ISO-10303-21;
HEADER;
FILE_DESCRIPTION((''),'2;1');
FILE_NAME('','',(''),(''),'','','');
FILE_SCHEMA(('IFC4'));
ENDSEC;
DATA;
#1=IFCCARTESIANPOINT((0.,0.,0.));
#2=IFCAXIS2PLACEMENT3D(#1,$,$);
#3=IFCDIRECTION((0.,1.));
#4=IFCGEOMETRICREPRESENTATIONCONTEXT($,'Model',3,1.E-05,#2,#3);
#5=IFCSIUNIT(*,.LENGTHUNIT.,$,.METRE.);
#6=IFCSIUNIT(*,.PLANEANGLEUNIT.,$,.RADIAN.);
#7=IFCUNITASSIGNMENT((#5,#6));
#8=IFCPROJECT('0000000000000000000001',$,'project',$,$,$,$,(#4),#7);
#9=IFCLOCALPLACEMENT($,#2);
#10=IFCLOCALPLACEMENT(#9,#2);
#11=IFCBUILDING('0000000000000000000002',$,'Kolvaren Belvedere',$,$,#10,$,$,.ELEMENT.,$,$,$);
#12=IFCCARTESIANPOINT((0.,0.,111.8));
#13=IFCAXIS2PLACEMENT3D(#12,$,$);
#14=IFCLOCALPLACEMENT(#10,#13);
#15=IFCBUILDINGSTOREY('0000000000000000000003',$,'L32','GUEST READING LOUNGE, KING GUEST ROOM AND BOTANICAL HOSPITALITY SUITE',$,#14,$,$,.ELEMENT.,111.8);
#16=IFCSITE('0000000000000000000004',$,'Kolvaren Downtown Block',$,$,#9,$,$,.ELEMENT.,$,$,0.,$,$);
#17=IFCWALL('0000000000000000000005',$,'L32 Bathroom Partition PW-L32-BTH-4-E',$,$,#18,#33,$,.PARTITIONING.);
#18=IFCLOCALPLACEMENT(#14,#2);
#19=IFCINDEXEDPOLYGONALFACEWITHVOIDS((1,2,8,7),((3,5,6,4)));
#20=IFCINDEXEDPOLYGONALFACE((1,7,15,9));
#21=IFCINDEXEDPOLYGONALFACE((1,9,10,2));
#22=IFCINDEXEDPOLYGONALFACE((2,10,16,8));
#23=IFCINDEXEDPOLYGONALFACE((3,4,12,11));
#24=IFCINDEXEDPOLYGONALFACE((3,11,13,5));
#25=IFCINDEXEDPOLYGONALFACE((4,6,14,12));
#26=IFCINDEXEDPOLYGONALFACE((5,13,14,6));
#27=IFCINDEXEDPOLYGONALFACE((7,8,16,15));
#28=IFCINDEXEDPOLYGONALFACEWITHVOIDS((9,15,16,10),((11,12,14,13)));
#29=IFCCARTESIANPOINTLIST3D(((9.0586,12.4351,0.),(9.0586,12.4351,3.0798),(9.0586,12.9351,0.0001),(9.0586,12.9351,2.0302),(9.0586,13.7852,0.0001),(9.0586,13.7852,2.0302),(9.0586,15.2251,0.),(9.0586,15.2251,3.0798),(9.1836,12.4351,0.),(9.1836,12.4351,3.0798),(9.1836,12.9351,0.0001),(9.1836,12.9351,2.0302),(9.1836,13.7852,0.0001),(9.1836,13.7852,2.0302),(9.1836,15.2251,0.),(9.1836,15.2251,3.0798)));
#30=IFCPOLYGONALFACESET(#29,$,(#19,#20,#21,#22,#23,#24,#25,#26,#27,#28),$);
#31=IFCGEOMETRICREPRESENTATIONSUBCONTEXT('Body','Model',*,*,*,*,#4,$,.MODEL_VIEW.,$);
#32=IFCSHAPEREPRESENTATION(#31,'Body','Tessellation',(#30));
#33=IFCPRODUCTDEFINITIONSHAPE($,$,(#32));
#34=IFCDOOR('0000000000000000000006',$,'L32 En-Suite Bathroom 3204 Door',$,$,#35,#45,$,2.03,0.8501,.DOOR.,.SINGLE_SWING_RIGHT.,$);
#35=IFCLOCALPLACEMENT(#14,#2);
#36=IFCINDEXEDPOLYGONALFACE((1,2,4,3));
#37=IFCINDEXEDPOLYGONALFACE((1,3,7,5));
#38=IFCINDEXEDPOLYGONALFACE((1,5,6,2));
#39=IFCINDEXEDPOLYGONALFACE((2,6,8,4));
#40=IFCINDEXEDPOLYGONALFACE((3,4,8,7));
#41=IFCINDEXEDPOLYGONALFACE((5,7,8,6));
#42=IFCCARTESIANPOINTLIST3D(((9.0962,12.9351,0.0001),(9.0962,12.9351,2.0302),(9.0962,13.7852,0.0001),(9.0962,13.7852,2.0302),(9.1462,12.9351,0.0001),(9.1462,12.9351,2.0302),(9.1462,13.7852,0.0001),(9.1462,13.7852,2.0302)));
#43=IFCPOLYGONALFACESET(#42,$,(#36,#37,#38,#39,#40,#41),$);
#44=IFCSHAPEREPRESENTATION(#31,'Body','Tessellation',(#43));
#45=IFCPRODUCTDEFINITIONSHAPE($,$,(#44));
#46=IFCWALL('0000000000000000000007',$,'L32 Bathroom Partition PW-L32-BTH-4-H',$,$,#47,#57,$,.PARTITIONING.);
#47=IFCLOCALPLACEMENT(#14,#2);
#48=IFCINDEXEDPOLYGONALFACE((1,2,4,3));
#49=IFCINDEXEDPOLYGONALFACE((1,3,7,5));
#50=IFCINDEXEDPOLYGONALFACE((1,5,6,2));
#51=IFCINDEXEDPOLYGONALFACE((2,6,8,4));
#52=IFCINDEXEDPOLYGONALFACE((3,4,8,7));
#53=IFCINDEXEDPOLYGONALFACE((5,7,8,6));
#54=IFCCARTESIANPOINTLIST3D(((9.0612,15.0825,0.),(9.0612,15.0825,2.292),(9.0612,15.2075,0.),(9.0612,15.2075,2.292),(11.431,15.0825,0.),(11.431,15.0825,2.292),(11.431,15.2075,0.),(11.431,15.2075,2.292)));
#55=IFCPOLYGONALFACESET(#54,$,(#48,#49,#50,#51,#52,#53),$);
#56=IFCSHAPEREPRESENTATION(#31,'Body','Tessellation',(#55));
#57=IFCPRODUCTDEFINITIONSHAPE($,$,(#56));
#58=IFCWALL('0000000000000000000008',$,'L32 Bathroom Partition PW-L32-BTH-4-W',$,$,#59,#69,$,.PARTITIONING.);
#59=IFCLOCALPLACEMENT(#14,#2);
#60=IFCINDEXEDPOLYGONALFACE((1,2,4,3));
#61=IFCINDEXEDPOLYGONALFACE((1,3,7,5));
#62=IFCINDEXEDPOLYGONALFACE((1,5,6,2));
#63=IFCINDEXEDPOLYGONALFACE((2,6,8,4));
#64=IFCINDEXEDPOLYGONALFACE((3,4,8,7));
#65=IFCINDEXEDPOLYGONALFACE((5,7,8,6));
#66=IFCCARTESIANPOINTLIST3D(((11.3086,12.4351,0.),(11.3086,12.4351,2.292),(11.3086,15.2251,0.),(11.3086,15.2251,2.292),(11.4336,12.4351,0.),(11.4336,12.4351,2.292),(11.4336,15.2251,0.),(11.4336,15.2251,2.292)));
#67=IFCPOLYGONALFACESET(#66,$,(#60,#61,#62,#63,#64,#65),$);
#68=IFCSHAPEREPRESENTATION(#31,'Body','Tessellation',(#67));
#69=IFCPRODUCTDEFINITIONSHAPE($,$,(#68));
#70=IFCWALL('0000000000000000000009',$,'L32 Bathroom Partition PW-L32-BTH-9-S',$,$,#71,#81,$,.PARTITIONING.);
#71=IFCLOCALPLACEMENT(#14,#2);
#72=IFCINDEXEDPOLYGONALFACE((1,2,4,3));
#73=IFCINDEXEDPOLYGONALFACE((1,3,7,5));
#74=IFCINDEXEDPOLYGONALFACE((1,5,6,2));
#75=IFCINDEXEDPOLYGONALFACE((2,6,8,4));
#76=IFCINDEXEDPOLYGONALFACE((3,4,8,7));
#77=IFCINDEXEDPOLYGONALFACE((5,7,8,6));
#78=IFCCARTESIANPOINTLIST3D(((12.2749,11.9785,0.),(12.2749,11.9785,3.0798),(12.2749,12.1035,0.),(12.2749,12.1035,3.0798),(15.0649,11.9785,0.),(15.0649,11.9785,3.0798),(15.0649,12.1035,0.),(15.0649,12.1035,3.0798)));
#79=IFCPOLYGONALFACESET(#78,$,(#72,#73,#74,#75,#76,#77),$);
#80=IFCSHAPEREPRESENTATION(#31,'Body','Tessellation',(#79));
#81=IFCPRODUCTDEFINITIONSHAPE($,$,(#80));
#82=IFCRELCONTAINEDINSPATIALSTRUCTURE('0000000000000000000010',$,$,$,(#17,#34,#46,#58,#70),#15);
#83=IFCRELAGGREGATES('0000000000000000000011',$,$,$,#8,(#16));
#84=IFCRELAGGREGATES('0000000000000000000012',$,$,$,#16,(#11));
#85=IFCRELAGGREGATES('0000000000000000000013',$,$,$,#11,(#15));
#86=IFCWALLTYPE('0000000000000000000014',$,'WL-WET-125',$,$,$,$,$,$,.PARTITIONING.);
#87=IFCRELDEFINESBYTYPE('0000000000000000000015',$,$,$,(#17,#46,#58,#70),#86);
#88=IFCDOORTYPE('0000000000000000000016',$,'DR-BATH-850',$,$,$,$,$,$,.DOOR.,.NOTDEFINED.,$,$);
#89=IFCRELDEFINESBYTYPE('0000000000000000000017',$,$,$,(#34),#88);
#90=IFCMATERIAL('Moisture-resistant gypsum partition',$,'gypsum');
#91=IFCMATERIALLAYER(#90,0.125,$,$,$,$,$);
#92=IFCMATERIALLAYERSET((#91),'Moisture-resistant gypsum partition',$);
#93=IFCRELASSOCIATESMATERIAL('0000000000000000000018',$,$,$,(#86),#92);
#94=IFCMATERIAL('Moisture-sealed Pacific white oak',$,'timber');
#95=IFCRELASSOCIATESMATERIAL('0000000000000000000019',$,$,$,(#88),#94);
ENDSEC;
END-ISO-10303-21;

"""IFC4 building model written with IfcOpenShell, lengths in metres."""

from ifc_helpers import new_model, si_unit, direction, frame, frame_2d, origin, place, context, subcontext, project, spatial, rectangle, extrude, material, layer, layer_set, type_object, element, fill, save


model = new_model("IFC4")

# Units and contexts
model_context = context("Model", 3, precision=1e-05, world=origin(), true_north=direction((0.0, 1.0)))
body_context = subcontext(model_context, "Body", "Model", "MODEL_VIEW")
ifc_project = project(units=[si_unit("LENGTHUNIT", "METRE"), si_unit("PLANEANGLEUNIT", "RADIAN")], contexts=[model_context])

# Site, building, storey
site_placement = place(None, origin())
site = spatial("IfcSite", under=ifc_project, at=site_placement, Name="Kolvaren Downtown Block", CompositionType="ELEMENT", RefElevation=0.0)
building_placement = place(site_placement, origin())
building = spatial("IfcBuilding", under=site, at=building_placement, Name="Kolvaren Belvedere", CompositionType="ELEMENT")
storey_placement = place(building_placement, frame((0.0, 0.0, 111.8)))
storey = spatial("IfcBuildingStorey", under=building, at=storey_placement, Name="L32", Description="GUEST READING LOUNGE, KING GUEST ROOM AND BOTANICAL HOSPITALITY SUITE", CompositionType="ELEMENT", Elevation=111.8)

# Wall, opening, door
ifc_material_1 = material(Name="Moisture-resistant gypsum partition", Category="gypsum")
ifc_layer_1 = layer(ifc_material_1, 0.125)
ifc_layer_set_1 = layer_set([ifc_layer_1], Name="Moisture-resistant gypsum partition")
wall_type_1 = type_object("IfcWallType", Name="WL-WET-125", PredefinedType="PARTITIONING", material=ifc_layer_set_1)
wall_1_placement = place(storey_placement, frame((9.1211, 12.4351, 0.0), z_axis=(0.0, 0.0, 1.0), x_axis=(0.0, 1.0, 0.0)))
wall_1 = element("IfcWall", 1, at=wall_1_placement, inside=storey, type_object=wall_type_1, Name="L32 Bathroom Partition PW-L32-BTH-4-E", PredefinedType="PARTITIONING", context=body_context, shape_type="SweptSolid", body=[
    extrude(rectangle(XDim=2.79, YDim=0.125, at=frame_2d((1.395, 0.0))), origin(), (0.0, 0.0, 1.0), 3.0798),
])
opening_1_placement = place(wall_1_placement, frame((0.5, 0.0, 0.0)))
opening_1 = element("IfcOpeningElement", 2, at=opening_1_placement, cuts=wall_1, PredefinedType="OPENING", context=body_context, shape_type="SweptSolid", body=[
    extrude(rectangle(XDim=0.8501, YDim=2.03, at=frame_2d((0.425, 1.0151))), frame((0.0, 0.0725, 0.0), z_axis=(0.0, -1.0, 0.0), x_axis=(1.0, 0.0, 0.0)), (0.0, 0.0, 1.0), 0.145),
])
ifc_material_2 = material(Name="Moisture-sealed Pacific white oak", Category="timber")
door_type = type_object("IfcDoorType", Name="DR-BATH-850", OperationType="NOTDEFINED", PredefinedType="DOOR", material=ifc_material_2)
door_placement = place(opening_1_placement, origin())
door = element("IfcDoor", 3, at=door_placement, inside=storey, type_object=door_type, Name="L32 En-Suite Bathroom 3204 Door", OperationType="SINGLE_SWING_RIGHT", OverallHeight=2.03, OverallWidth=0.8501, PredefinedType="DOOR", context=body_context, shape_type="SweptSolid", body=[
    extrude(rectangle(XDim=0.8501, YDim=2.03, at=frame_2d((0.425, 1.0151))), frame((0.0, 0.0249, 0.0), z_axis=(0.0, -1.0, 0.0), x_axis=(1.0, 0.0, 0.0)), (0.0, 0.0, 1.0), 0.05),
])
fill(opening_1, door)

# Walls
wall_2_placement = place(storey_placement, frame((9.061, 15.145, 0.0), z_axis=(0.0, 0.0, 1.0), x_axis=(1.0, 0.0, 0.0)))
element("IfcWall", 4, at=wall_2_placement, inside=storey, type_object=wall_type_1, Name="L32 Bathroom Partition PW-L32-BTH-4-H", PredefinedType="PARTITIONING", context=body_context, shape_type="SweptSolid", body=[
    extrude(rectangle(XDim=2.3699, YDim=0.125, at=frame_2d((1.1851, 0.0))), origin(), (0.0, 0.0, 1.0), 2.292),
])
wall_3_placement = place(storey_placement, frame((11.3711, 12.4351, 0.0), z_axis=(0.0, 0.0, 1.0), x_axis=(0.0, 1.0, 0.0)))
element("IfcWall", 5, at=wall_3_placement, inside=storey, type_object=wall_type_1, Name="L32 Bathroom Partition PW-L32-BTH-4-W", PredefinedType="PARTITIONING", context=body_context, shape_type="SweptSolid", body=[
    extrude(rectangle(XDim=2.79, YDim=0.125, at=frame_2d((1.395, 0.0))), origin(), (0.0, 0.0, 1.0), 2.292),
])
wall_4_placement = place(storey_placement, frame((12.2749, 12.041, 0.0), z_axis=(0.0, 0.0, 1.0), x_axis=(1.0, 0.0, 0.0)))
element("IfcWall", 6, at=wall_4_placement, inside=storey, type_object=wall_type_1, Name="L32 Bathroom Partition PW-L32-BTH-9-S", PredefinedType="PARTITIONING", context=body_context, shape_type="SweptSolid", body=[
    extrude(rectangle(XDim=2.79, YDim=0.125, at=frame_2d((1.395, 0.0))), origin(), (0.0, 0.0, 1.0), 3.0798),
])

save(model, "model.ifc")
